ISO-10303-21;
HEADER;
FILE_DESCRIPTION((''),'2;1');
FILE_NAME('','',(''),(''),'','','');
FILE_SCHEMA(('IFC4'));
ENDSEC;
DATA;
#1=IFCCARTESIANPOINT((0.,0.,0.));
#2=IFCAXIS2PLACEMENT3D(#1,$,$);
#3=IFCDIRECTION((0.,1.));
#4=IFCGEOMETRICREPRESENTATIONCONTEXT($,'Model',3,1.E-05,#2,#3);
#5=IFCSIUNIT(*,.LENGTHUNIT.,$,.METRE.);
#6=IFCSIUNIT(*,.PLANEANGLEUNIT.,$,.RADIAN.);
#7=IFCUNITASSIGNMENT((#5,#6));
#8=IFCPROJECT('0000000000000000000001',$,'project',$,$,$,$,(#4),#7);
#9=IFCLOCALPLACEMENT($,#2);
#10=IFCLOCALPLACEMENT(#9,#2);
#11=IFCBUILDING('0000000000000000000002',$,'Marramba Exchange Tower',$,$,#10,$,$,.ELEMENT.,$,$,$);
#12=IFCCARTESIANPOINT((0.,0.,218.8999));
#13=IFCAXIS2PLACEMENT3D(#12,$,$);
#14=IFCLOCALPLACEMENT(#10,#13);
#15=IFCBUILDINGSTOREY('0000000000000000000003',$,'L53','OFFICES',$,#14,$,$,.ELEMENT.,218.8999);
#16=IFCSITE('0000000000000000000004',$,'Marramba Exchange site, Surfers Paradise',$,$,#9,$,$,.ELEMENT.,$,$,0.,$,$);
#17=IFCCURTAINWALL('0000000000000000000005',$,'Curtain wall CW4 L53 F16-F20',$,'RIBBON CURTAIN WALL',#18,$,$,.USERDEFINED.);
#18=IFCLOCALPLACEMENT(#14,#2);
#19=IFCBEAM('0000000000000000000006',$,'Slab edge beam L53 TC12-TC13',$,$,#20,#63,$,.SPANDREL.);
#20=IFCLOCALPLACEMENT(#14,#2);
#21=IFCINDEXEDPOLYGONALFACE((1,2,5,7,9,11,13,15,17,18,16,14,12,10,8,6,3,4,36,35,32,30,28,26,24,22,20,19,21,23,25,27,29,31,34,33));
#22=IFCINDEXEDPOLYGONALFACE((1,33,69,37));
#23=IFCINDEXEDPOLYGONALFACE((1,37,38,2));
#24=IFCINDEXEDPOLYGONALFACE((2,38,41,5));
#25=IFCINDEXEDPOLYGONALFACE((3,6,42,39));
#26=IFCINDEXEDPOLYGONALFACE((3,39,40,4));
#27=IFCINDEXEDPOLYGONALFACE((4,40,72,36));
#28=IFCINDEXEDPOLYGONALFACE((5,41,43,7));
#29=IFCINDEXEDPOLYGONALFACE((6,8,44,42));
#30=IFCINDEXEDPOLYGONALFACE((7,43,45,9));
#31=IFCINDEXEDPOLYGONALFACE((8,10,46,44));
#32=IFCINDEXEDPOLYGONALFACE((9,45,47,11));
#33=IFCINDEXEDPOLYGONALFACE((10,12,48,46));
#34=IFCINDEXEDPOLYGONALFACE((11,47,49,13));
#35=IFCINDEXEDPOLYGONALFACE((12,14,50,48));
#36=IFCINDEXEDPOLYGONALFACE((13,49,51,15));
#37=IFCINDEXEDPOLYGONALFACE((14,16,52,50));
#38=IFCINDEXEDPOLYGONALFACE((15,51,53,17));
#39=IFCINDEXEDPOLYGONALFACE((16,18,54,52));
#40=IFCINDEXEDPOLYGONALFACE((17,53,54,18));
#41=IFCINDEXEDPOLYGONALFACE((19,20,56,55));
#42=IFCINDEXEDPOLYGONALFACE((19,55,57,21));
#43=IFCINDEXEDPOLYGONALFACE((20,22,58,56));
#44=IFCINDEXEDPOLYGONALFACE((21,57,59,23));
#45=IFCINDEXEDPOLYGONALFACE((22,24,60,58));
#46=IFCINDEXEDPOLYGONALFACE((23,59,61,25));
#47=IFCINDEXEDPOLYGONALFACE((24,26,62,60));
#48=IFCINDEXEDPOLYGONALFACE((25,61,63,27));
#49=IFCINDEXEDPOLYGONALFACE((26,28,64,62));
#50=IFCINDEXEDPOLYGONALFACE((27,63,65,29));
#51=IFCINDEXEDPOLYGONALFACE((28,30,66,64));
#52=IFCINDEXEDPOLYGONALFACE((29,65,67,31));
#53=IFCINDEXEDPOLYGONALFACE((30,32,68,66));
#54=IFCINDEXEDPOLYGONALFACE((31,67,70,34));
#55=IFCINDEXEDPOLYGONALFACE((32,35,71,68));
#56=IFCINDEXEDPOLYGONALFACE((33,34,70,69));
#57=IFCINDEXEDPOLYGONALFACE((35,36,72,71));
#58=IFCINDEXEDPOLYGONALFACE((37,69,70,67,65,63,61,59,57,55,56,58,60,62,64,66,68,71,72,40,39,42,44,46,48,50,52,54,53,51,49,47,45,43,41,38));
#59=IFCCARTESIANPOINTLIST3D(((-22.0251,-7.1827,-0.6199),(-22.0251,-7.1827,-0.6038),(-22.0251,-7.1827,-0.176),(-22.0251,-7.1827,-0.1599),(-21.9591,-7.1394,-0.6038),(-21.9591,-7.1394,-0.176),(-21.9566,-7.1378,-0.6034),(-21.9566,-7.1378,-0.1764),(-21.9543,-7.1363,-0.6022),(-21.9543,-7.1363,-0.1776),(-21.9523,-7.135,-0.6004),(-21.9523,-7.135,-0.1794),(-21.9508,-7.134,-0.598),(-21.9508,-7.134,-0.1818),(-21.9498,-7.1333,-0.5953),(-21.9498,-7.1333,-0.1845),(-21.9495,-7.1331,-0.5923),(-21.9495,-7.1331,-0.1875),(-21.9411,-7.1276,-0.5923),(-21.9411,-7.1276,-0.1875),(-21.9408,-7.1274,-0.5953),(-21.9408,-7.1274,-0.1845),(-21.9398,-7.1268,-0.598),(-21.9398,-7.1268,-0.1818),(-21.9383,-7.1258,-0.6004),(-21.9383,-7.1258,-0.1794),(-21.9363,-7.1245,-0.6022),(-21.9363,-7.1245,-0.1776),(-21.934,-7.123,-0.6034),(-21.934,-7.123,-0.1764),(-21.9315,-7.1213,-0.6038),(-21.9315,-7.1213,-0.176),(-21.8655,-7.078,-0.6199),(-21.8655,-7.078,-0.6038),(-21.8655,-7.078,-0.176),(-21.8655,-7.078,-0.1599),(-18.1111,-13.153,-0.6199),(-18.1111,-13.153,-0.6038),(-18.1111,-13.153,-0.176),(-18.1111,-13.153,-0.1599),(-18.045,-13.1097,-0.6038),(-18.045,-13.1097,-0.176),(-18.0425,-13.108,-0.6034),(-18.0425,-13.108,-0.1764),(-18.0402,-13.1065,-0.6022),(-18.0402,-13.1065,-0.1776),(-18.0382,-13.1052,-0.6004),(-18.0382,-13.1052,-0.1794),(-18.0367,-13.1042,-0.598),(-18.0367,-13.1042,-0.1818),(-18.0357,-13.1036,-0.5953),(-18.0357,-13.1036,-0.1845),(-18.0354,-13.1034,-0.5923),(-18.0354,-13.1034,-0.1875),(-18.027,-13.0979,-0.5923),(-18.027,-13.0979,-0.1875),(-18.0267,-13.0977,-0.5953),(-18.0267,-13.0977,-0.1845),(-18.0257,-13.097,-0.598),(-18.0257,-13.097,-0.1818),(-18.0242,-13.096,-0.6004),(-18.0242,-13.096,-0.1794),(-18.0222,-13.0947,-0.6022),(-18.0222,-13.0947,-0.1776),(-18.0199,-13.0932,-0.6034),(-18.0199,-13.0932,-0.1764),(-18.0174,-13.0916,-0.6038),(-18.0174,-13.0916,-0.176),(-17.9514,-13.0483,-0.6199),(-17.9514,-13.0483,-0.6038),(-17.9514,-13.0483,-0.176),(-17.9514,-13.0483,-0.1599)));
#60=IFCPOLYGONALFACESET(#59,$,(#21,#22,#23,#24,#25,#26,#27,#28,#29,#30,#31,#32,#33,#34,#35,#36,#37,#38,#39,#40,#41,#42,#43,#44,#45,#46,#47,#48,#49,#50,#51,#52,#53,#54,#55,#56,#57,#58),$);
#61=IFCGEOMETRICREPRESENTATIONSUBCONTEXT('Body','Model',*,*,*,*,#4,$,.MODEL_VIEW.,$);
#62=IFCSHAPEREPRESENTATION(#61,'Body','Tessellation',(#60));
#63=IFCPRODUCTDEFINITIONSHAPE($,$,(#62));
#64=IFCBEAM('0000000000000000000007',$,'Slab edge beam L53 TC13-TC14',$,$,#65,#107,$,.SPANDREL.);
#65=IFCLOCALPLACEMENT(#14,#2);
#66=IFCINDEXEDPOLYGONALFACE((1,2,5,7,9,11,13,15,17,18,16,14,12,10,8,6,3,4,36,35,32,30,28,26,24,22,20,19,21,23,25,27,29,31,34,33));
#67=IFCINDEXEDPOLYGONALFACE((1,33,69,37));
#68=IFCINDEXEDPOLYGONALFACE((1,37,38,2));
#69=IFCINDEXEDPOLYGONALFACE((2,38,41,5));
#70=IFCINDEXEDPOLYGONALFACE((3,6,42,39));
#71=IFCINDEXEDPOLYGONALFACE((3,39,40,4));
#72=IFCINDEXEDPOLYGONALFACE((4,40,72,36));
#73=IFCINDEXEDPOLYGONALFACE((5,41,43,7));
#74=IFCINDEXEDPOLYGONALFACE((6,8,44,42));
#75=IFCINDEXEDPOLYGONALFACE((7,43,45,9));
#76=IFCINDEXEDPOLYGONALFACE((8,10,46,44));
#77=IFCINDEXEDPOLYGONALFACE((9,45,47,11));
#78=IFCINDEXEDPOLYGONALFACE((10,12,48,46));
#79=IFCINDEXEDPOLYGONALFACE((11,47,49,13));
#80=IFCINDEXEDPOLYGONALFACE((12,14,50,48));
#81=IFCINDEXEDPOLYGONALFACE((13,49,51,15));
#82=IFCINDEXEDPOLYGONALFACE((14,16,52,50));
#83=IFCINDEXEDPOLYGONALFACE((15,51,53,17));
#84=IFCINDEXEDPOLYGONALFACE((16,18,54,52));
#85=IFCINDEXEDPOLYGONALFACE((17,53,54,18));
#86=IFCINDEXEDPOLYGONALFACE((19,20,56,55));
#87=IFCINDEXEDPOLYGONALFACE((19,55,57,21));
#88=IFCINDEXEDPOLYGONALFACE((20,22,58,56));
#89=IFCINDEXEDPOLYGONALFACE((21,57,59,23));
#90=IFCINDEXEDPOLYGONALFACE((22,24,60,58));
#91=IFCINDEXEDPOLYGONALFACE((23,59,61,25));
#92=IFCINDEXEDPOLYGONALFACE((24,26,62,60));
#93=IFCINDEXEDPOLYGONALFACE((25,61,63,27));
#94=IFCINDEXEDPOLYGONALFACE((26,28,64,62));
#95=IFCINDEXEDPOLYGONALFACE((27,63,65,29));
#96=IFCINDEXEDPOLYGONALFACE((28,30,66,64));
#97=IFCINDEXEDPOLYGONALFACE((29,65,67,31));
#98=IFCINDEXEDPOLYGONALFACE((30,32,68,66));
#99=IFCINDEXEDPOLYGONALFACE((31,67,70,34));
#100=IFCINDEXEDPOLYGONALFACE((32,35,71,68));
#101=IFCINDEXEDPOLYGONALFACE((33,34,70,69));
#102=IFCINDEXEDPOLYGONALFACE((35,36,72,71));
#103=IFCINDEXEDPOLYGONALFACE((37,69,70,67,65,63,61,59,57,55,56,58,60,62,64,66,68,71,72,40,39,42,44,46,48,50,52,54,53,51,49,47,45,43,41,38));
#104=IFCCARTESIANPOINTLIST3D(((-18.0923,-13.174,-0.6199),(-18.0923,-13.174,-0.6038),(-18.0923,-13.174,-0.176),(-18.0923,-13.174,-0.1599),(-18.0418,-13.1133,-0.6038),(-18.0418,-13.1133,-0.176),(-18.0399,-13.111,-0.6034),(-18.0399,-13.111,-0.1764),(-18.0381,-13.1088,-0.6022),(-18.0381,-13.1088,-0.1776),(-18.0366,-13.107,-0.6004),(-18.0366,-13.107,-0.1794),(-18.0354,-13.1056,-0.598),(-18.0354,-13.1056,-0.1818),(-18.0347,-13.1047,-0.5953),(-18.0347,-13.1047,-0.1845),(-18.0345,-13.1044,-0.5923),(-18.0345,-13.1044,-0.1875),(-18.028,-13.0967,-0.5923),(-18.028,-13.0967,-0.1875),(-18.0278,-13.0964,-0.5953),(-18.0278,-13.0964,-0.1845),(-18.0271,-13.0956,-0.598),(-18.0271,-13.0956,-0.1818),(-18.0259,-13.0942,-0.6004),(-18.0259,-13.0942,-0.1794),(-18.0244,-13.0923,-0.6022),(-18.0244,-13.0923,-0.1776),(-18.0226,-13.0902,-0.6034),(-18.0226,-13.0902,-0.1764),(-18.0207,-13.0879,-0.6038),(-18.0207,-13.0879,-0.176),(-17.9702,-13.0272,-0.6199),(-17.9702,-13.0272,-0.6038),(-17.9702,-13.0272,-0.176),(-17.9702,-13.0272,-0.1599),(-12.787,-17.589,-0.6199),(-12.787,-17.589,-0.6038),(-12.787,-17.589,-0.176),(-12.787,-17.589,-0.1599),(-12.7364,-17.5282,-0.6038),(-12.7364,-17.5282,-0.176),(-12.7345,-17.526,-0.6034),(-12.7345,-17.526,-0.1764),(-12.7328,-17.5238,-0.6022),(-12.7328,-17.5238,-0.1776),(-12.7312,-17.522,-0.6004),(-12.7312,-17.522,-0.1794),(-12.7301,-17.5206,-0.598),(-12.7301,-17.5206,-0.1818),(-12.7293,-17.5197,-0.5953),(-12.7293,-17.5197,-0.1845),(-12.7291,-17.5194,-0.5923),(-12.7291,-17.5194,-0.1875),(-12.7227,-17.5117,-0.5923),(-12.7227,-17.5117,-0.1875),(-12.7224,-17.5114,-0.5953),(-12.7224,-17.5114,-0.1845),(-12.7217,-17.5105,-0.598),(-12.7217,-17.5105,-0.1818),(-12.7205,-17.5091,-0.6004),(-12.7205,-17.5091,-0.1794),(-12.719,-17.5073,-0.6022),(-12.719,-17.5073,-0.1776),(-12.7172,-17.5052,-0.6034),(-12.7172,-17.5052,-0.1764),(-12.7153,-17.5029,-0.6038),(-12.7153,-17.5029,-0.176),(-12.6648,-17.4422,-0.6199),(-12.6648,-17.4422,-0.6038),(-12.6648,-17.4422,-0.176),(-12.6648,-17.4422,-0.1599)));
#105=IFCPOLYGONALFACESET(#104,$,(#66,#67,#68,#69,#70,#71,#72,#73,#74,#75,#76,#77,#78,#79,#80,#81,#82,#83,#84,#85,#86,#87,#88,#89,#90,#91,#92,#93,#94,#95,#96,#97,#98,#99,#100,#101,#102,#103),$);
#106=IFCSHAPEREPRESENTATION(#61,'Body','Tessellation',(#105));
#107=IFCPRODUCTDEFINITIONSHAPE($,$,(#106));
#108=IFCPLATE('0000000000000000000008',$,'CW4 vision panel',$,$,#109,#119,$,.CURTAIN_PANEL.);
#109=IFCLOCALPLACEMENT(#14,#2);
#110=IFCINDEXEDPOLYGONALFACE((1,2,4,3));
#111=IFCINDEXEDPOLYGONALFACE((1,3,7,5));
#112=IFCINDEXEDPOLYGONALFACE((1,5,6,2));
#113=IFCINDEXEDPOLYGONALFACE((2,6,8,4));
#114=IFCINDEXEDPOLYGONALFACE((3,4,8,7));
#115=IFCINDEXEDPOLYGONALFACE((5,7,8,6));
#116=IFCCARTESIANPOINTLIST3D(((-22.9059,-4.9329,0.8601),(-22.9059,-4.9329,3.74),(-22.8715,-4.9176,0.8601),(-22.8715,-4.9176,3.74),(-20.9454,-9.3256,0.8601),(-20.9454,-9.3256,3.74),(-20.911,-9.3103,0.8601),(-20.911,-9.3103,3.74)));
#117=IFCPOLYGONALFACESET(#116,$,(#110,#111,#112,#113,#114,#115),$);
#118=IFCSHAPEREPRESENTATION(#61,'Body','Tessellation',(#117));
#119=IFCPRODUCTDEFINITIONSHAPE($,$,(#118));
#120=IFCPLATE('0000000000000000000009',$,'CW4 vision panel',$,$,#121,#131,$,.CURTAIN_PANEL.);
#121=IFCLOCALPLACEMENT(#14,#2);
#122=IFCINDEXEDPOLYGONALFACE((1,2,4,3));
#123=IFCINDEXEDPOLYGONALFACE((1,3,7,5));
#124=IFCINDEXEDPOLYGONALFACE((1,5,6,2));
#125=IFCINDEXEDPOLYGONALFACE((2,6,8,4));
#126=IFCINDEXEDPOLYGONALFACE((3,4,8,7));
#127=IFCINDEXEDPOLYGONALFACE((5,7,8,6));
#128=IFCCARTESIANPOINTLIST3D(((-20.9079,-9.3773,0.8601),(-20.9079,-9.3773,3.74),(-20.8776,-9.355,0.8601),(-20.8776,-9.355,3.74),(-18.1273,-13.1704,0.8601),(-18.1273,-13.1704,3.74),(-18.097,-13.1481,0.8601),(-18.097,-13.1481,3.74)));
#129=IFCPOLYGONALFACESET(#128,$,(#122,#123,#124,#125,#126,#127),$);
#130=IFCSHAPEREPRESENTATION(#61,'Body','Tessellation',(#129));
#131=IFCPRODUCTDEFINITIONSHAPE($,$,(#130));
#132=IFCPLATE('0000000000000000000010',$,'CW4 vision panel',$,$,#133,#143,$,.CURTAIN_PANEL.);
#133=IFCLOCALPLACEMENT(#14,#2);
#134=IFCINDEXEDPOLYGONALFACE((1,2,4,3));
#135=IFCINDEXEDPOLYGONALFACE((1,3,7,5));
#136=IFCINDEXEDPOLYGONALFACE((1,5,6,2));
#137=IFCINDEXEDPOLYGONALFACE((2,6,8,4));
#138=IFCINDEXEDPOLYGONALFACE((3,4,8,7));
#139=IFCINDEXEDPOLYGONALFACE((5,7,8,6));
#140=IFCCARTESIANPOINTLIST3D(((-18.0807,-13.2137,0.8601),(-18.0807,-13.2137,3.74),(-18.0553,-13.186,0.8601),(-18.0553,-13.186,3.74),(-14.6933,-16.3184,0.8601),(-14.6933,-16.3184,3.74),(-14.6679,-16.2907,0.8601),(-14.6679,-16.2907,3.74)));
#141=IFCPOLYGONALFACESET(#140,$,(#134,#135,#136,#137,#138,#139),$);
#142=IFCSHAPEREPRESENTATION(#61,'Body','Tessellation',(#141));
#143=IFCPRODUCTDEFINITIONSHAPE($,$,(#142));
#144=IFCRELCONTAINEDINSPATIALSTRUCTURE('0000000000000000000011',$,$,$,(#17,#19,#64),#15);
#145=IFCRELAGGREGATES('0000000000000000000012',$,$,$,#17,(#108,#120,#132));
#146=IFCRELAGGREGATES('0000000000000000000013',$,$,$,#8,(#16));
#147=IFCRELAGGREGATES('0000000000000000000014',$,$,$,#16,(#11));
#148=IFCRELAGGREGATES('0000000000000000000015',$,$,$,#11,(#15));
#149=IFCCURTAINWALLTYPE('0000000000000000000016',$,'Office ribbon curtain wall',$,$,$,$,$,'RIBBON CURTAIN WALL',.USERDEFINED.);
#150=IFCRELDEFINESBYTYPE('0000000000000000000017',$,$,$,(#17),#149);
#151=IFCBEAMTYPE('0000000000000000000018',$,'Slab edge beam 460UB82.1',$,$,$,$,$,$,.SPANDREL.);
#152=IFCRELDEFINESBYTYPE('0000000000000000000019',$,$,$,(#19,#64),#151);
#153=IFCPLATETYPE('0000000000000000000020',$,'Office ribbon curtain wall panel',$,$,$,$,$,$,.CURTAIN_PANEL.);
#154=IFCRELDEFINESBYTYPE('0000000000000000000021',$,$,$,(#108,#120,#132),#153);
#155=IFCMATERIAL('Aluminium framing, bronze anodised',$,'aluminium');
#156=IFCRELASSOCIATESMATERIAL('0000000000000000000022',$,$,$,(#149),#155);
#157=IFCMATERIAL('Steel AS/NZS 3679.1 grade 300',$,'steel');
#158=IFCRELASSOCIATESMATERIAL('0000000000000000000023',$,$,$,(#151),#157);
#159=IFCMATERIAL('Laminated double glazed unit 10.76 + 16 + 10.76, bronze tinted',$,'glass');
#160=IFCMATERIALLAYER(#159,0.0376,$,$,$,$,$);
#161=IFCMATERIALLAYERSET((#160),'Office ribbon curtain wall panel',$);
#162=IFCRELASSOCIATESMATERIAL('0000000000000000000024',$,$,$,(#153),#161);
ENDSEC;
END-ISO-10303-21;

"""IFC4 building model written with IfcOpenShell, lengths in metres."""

from ifc_helpers import new_model, si_unit, direction, frame, origin, origin_2d, place, context, subcontext, project, spatial, rectangle, i_section, extrude, material, layer, layer_set, material_profile, profile_set, type_object, element, aggregate, save


model = new_model("IFC4")

# Units and contexts
model_context = context("Model", 3, precision=1e-05, world=origin(), true_north=direction((0.0, 1.0)))
body_context = subcontext(model_context, "Body", "Model", "MODEL_VIEW")
ifc_project = project(units=[si_unit("LENGTHUNIT", "METRE"), si_unit("PLANEANGLEUNIT", "RADIAN")], contexts=[model_context])

# Site, building, storey
site_placement = place(None, origin())
site = spatial("IfcSite", under=ifc_project, at=site_placement, Name="Marramba Exchange site, Surfers Paradise", CompositionType="ELEMENT", RefElevation=0.0)
building_placement = place(site_placement, origin())
building = spatial("IfcBuilding", under=site, at=building_placement, Name="Marramba Exchange Tower", CompositionType="ELEMENT")
storey_placement = place(building_placement, frame((0.0, 0.0, 218.8999)))
storey = spatial("IfcBuildingStorey", under=building, at=storey_placement, Name="L53", Description="OFFICES", CompositionType="ELEMENT", Elevation=218.8999)

# Curtain wall
ifc_material_1 = material(Name="Aluminium framing, bronze anodised", Category="aluminium")
curtain_wall_type = type_object("IfcCurtainWallType", Name="Office ribbon curtain wall", ElementType="RIBBON CURTAIN WALL", PredefinedType="USERDEFINED", material=ifc_material_1)
curtain_wall_placement = place(storey_placement, origin())
curtain_wall = element("IfcCurtainWall", 1, at=curtain_wall_placement, inside=storey, type_object=curtain_wall_type, Name="Curtain wall CW4 L53 F16-F20", ObjectType="RIBBON CURTAIN WALL", PredefinedType="USERDEFINED")

# Beams
ifc_material_2 = material(Name="Steel AS/NZS 3679.1 grade 300", Category="steel")
ifc_material_profile_1 = material_profile(ifc_material_2, i_section(OverallWidth=0.1909, OverallDepth=0.46, WebThickness=0.01, FlangeThickness=0.0161, FilletRadius=0.0115, at=origin_2d()), Name="460UB82.1")
ifc_profile_set_1 = profile_set([ifc_material_profile_1], Name="Steel AS/NZS 3679.1 grade 300")
beam_type_1 = type_object("IfcBeamType", Name="Slab edge beam 460UB82.1", PredefinedType="SPANDREL", material=ifc_profile_set_1)
beam_1_placement = place(storey_placement, frame((-21.9453, -7.1304, -0.3899), z_axis=(0.548275, -0.836298, 0.0), x_axis=(0.836298, 0.548275, 0.0)))
element("IfcBeam", 2, at=beam_1_placement, inside=storey, type_object=beam_type_1, Name="Slab edge beam L53 TC12-TC13", PredefinedType="SPANDREL", context=body_context, shape_type="SweptSolid", body=[
    extrude(i_section(OverallWidth=0.1909, OverallDepth=0.46, WebThickness=0.01, FlangeThickness=0.0161, FilletRadius=0.0115, at=origin_2d()), origin(), (0.0, 0.0, 1.0), 7.1389),
])
beam_2_placement = place(storey_placement, frame((-18.0312, -13.1006, -0.3899), z_axis=(0.768659, -0.639659, 0.0), x_axis=(0.639659, 0.768659, 0.0)))
element("IfcBeam", 3, at=beam_2_placement, inside=storey, type_object=beam_type_1, Name="Slab edge beam L53 TC13-TC14", PredefinedType="SPANDREL", context=body_context, shape_type="SweptSolid", body=[
    extrude(i_section(OverallWidth=0.1909, OverallDepth=0.46, WebThickness=0.01, FlangeThickness=0.0161, FilletRadius=0.0115, at=origin_2d()), origin(), (0.0, 0.0, 1.0), 6.9021),
])

# Plates
ifc_material_3 = material(Name="Laminated double glazed unit 10.76 + 16 + 10.76, bronze tinted", Category="glass")
ifc_layer_1 = layer(ifc_material_3, 0.0376)
ifc_layer_set_1 = layer_set([ifc_layer_1], Name="Office ribbon curtain wall panel")
plate_type = type_object("IfcPlateType", Name="Office ribbon curtain wall panel", PredefinedType="CURTAIN_PANEL", material=ifc_layer_set_1)
plate_1_placement = place(storey_placement, frame((-21.9084, -7.1216, 0.8601), z_axis=(0.0, 0.0, 1.0), x_axis=(0.407558, -0.91318, 0.0)))
plate_1 = element("IfcPlate", 4, at=plate_1_placement, type_object=plate_type, Name="CW4 vision panel", PredefinedType="CURTAIN_PANEL", context=body_context, shape_type="SweptSolid", body=[
    extrude(rectangle(XDim=4.8103, YDim=0.0376, at=origin_2d()), origin(), (0.0, 0.0, 1.0), 2.8799),
])
plate_2_placement = place(storey_placement, frame((-19.5024, -11.2627, 0.8601), z_axis=(0.0, 0.0, 1.0), x_axis=(0.591223, -0.806508, 0.0)))
plate_2 = element("IfcPlate", 5, at=plate_2_placement, type_object=plate_type, Name="CW4 vision panel", PredefinedType="CURTAIN_PANEL", context=body_context, shape_type="SweptSolid", body=[
    extrude(rectangle(XDim=4.7031, YDim=0.0376, at=origin_2d()), origin(), (0.0, 0.0, 1.0), 2.8799),
])
plate_3_placement = place(storey_placement, frame((-16.3743, -14.7522, 0.8601), z_axis=(0.0, 0.0, 1.0), x_axis=(0.737203, -0.675671, 0.0)))
plate_3 = element("IfcPlate", 6, at=plate_3_placement, type_object=plate_type, Name="CW4 vision panel", PredefinedType="CURTAIN_PANEL", context=body_context, shape_type="SweptSolid", body=[
    extrude(rectangle(XDim=4.595, YDim=0.0376, at=origin_2d()), origin(), (0.0, 0.0, 1.0), 2.8799),
])
aggregate(curtain_wall, [plate_1, plate_2, plate_3])

save(model, "model.ifc")
